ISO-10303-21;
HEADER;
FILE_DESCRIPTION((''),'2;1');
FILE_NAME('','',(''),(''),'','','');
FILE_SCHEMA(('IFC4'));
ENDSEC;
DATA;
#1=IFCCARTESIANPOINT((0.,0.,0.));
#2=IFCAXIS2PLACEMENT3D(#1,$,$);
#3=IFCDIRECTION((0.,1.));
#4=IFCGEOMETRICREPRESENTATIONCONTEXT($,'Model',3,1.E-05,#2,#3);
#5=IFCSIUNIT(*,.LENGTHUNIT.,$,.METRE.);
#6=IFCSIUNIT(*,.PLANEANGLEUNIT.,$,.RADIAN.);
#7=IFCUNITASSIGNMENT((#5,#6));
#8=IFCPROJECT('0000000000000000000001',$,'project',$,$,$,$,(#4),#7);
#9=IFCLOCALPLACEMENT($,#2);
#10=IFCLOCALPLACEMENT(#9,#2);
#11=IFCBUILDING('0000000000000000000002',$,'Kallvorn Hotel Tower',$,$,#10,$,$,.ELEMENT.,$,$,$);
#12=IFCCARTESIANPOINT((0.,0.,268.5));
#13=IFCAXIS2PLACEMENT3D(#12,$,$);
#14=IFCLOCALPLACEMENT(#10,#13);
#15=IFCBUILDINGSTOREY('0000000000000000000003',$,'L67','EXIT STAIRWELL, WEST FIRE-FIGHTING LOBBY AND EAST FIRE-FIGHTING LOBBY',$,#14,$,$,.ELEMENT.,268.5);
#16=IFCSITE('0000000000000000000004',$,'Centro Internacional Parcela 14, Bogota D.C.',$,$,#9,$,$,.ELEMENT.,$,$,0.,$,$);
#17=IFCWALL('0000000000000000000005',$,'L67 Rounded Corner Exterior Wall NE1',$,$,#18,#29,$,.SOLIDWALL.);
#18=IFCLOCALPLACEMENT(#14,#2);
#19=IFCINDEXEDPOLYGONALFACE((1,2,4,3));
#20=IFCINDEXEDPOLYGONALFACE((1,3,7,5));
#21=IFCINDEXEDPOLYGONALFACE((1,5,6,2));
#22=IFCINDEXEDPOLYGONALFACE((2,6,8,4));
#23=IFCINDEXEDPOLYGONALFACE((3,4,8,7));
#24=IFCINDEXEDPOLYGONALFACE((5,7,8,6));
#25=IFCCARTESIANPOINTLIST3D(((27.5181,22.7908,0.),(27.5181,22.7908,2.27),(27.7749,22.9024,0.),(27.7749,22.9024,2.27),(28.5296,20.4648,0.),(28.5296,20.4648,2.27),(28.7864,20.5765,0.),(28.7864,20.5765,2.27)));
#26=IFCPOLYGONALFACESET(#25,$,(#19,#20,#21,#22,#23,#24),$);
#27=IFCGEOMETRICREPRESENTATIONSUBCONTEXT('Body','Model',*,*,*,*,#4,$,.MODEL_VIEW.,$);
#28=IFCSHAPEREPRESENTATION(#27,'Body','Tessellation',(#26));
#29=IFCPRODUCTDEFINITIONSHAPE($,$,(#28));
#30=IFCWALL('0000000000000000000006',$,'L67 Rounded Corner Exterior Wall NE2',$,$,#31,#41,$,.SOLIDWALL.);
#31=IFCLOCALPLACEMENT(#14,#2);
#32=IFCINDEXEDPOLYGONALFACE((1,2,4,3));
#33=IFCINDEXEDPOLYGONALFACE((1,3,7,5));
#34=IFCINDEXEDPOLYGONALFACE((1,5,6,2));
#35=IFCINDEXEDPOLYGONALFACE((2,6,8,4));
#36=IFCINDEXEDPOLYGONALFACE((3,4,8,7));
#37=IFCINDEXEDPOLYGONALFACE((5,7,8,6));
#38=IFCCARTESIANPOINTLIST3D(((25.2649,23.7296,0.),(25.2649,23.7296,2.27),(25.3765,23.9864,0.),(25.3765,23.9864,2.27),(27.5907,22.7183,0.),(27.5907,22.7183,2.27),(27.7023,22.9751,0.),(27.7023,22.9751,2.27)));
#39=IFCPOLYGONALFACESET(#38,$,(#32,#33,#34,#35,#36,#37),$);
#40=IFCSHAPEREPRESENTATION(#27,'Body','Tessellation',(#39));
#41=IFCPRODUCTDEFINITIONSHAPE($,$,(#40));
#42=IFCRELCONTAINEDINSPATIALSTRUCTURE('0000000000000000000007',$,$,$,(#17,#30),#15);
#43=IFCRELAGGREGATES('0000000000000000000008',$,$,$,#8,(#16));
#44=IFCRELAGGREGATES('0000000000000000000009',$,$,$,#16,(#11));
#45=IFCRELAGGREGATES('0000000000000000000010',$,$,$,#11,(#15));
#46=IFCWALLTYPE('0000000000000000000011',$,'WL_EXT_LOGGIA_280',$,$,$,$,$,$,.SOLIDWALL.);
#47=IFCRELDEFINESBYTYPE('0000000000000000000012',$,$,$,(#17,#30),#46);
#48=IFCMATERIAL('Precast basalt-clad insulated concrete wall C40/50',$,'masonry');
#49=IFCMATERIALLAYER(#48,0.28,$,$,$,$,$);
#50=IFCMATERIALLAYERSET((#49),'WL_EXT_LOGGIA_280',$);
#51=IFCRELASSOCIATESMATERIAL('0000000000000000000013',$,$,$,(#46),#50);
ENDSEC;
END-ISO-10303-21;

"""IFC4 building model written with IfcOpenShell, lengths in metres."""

from ifc_helpers import new_model, si_unit, direction, frame, frame_2d, origin, place, context, subcontext, project, spatial, rectangle, extrude, material, layer, layer_set, type_object, element, save


model = new_model("IFC4")

# Units and contexts
model_context = context("Model", 3, precision=1e-05, world=origin(), true_north=direction((0.0, 1.0)))
body_context = subcontext(model_context, "Body", "Model", "MODEL_VIEW")
ifc_project = project(units=[si_unit("LENGTHUNIT", "METRE"), si_unit("PLANEANGLEUNIT", "RADIAN")], contexts=[model_context])

# Site, building, storey
site_placement = place(None, origin())
site = spatial("IfcSite", under=ifc_project, at=site_placement, Name="Centro Internacional Parcela 14, Bogota D.C.", CompositionType="ELEMENT", RefElevation=0.0)
building_placement = place(site_placement, origin())
building = spatial("IfcBuilding", under=site, at=building_placement, Name="Kallvorn Hotel Tower", CompositionType="ELEMENT")
storey_placement = place(building_placement, frame((0.0, 0.0, 268.5)))
storey = spatial("IfcBuildingStorey", under=building, at=storey_placement, Name="L67", Description="EXIT STAIRWELL, WEST FIRE-FIGHTING LOBBY AND EAST FIRE-FIGHTING LOBBY", CompositionType="ELEMENT", Elevation=268.5)

# Walls
ifc_material_1 = material(Name="Precast basalt-clad insulated concrete wall C40/50", Category="masonry")
ifc_layer_1 = layer(ifc_material_1, 0.28)
ifc_layer_set_1 = layer_set([ifc_layer_1], Name="WL_EXT_LOGGIA_280")
wall_type = type_object("IfcWallType", Name="WL_EXT_LOGGIA_280", PredefinedType="SOLIDWALL", material=ifc_layer_set_1)
wall_1_placement = place(storey_placement, frame((28.658, 20.5208, 0.0), z_axis=(0.0, 0.0, 1.0), x_axis=(-0.398793, 0.917041, 0.0)))
element("IfcWall", 1, at=wall_1_placement, inside=storey, type_object=wall_type, Name="L67 Rounded Corner Exterior Wall NE1", PredefinedType="SOLIDWALL", context=body_context, shape_type="SweptSolid", body=[
    extrude(rectangle(XDim=2.5364, YDim=0.28, at=frame_2d((1.2681, 0.0))), origin(), (0.0, 0.0, 1.0), 2.27),
])
wall_2_placement = place(storey_placement, frame((27.6465, 22.8467, 0.0), z_axis=(0.0, 0.0, 1.0), x_axis=(-0.917061, 0.398747, 0.0)))
element("IfcWall", 2, at=wall_2_placement, inside=storey, type_object=wall_type, Name="L67 Rounded Corner Exterior Wall NE2", PredefinedType="SOLIDWALL", context=body_context, shape_type="SweptSolid", body=[
    extrude(rectangle(XDim=2.5361, YDim=0.28, at=frame_2d((1.2681, 0.0))), origin(), (0.0, 0.0, 1.0), 2.27),
])

save(model, "model.ifc")
